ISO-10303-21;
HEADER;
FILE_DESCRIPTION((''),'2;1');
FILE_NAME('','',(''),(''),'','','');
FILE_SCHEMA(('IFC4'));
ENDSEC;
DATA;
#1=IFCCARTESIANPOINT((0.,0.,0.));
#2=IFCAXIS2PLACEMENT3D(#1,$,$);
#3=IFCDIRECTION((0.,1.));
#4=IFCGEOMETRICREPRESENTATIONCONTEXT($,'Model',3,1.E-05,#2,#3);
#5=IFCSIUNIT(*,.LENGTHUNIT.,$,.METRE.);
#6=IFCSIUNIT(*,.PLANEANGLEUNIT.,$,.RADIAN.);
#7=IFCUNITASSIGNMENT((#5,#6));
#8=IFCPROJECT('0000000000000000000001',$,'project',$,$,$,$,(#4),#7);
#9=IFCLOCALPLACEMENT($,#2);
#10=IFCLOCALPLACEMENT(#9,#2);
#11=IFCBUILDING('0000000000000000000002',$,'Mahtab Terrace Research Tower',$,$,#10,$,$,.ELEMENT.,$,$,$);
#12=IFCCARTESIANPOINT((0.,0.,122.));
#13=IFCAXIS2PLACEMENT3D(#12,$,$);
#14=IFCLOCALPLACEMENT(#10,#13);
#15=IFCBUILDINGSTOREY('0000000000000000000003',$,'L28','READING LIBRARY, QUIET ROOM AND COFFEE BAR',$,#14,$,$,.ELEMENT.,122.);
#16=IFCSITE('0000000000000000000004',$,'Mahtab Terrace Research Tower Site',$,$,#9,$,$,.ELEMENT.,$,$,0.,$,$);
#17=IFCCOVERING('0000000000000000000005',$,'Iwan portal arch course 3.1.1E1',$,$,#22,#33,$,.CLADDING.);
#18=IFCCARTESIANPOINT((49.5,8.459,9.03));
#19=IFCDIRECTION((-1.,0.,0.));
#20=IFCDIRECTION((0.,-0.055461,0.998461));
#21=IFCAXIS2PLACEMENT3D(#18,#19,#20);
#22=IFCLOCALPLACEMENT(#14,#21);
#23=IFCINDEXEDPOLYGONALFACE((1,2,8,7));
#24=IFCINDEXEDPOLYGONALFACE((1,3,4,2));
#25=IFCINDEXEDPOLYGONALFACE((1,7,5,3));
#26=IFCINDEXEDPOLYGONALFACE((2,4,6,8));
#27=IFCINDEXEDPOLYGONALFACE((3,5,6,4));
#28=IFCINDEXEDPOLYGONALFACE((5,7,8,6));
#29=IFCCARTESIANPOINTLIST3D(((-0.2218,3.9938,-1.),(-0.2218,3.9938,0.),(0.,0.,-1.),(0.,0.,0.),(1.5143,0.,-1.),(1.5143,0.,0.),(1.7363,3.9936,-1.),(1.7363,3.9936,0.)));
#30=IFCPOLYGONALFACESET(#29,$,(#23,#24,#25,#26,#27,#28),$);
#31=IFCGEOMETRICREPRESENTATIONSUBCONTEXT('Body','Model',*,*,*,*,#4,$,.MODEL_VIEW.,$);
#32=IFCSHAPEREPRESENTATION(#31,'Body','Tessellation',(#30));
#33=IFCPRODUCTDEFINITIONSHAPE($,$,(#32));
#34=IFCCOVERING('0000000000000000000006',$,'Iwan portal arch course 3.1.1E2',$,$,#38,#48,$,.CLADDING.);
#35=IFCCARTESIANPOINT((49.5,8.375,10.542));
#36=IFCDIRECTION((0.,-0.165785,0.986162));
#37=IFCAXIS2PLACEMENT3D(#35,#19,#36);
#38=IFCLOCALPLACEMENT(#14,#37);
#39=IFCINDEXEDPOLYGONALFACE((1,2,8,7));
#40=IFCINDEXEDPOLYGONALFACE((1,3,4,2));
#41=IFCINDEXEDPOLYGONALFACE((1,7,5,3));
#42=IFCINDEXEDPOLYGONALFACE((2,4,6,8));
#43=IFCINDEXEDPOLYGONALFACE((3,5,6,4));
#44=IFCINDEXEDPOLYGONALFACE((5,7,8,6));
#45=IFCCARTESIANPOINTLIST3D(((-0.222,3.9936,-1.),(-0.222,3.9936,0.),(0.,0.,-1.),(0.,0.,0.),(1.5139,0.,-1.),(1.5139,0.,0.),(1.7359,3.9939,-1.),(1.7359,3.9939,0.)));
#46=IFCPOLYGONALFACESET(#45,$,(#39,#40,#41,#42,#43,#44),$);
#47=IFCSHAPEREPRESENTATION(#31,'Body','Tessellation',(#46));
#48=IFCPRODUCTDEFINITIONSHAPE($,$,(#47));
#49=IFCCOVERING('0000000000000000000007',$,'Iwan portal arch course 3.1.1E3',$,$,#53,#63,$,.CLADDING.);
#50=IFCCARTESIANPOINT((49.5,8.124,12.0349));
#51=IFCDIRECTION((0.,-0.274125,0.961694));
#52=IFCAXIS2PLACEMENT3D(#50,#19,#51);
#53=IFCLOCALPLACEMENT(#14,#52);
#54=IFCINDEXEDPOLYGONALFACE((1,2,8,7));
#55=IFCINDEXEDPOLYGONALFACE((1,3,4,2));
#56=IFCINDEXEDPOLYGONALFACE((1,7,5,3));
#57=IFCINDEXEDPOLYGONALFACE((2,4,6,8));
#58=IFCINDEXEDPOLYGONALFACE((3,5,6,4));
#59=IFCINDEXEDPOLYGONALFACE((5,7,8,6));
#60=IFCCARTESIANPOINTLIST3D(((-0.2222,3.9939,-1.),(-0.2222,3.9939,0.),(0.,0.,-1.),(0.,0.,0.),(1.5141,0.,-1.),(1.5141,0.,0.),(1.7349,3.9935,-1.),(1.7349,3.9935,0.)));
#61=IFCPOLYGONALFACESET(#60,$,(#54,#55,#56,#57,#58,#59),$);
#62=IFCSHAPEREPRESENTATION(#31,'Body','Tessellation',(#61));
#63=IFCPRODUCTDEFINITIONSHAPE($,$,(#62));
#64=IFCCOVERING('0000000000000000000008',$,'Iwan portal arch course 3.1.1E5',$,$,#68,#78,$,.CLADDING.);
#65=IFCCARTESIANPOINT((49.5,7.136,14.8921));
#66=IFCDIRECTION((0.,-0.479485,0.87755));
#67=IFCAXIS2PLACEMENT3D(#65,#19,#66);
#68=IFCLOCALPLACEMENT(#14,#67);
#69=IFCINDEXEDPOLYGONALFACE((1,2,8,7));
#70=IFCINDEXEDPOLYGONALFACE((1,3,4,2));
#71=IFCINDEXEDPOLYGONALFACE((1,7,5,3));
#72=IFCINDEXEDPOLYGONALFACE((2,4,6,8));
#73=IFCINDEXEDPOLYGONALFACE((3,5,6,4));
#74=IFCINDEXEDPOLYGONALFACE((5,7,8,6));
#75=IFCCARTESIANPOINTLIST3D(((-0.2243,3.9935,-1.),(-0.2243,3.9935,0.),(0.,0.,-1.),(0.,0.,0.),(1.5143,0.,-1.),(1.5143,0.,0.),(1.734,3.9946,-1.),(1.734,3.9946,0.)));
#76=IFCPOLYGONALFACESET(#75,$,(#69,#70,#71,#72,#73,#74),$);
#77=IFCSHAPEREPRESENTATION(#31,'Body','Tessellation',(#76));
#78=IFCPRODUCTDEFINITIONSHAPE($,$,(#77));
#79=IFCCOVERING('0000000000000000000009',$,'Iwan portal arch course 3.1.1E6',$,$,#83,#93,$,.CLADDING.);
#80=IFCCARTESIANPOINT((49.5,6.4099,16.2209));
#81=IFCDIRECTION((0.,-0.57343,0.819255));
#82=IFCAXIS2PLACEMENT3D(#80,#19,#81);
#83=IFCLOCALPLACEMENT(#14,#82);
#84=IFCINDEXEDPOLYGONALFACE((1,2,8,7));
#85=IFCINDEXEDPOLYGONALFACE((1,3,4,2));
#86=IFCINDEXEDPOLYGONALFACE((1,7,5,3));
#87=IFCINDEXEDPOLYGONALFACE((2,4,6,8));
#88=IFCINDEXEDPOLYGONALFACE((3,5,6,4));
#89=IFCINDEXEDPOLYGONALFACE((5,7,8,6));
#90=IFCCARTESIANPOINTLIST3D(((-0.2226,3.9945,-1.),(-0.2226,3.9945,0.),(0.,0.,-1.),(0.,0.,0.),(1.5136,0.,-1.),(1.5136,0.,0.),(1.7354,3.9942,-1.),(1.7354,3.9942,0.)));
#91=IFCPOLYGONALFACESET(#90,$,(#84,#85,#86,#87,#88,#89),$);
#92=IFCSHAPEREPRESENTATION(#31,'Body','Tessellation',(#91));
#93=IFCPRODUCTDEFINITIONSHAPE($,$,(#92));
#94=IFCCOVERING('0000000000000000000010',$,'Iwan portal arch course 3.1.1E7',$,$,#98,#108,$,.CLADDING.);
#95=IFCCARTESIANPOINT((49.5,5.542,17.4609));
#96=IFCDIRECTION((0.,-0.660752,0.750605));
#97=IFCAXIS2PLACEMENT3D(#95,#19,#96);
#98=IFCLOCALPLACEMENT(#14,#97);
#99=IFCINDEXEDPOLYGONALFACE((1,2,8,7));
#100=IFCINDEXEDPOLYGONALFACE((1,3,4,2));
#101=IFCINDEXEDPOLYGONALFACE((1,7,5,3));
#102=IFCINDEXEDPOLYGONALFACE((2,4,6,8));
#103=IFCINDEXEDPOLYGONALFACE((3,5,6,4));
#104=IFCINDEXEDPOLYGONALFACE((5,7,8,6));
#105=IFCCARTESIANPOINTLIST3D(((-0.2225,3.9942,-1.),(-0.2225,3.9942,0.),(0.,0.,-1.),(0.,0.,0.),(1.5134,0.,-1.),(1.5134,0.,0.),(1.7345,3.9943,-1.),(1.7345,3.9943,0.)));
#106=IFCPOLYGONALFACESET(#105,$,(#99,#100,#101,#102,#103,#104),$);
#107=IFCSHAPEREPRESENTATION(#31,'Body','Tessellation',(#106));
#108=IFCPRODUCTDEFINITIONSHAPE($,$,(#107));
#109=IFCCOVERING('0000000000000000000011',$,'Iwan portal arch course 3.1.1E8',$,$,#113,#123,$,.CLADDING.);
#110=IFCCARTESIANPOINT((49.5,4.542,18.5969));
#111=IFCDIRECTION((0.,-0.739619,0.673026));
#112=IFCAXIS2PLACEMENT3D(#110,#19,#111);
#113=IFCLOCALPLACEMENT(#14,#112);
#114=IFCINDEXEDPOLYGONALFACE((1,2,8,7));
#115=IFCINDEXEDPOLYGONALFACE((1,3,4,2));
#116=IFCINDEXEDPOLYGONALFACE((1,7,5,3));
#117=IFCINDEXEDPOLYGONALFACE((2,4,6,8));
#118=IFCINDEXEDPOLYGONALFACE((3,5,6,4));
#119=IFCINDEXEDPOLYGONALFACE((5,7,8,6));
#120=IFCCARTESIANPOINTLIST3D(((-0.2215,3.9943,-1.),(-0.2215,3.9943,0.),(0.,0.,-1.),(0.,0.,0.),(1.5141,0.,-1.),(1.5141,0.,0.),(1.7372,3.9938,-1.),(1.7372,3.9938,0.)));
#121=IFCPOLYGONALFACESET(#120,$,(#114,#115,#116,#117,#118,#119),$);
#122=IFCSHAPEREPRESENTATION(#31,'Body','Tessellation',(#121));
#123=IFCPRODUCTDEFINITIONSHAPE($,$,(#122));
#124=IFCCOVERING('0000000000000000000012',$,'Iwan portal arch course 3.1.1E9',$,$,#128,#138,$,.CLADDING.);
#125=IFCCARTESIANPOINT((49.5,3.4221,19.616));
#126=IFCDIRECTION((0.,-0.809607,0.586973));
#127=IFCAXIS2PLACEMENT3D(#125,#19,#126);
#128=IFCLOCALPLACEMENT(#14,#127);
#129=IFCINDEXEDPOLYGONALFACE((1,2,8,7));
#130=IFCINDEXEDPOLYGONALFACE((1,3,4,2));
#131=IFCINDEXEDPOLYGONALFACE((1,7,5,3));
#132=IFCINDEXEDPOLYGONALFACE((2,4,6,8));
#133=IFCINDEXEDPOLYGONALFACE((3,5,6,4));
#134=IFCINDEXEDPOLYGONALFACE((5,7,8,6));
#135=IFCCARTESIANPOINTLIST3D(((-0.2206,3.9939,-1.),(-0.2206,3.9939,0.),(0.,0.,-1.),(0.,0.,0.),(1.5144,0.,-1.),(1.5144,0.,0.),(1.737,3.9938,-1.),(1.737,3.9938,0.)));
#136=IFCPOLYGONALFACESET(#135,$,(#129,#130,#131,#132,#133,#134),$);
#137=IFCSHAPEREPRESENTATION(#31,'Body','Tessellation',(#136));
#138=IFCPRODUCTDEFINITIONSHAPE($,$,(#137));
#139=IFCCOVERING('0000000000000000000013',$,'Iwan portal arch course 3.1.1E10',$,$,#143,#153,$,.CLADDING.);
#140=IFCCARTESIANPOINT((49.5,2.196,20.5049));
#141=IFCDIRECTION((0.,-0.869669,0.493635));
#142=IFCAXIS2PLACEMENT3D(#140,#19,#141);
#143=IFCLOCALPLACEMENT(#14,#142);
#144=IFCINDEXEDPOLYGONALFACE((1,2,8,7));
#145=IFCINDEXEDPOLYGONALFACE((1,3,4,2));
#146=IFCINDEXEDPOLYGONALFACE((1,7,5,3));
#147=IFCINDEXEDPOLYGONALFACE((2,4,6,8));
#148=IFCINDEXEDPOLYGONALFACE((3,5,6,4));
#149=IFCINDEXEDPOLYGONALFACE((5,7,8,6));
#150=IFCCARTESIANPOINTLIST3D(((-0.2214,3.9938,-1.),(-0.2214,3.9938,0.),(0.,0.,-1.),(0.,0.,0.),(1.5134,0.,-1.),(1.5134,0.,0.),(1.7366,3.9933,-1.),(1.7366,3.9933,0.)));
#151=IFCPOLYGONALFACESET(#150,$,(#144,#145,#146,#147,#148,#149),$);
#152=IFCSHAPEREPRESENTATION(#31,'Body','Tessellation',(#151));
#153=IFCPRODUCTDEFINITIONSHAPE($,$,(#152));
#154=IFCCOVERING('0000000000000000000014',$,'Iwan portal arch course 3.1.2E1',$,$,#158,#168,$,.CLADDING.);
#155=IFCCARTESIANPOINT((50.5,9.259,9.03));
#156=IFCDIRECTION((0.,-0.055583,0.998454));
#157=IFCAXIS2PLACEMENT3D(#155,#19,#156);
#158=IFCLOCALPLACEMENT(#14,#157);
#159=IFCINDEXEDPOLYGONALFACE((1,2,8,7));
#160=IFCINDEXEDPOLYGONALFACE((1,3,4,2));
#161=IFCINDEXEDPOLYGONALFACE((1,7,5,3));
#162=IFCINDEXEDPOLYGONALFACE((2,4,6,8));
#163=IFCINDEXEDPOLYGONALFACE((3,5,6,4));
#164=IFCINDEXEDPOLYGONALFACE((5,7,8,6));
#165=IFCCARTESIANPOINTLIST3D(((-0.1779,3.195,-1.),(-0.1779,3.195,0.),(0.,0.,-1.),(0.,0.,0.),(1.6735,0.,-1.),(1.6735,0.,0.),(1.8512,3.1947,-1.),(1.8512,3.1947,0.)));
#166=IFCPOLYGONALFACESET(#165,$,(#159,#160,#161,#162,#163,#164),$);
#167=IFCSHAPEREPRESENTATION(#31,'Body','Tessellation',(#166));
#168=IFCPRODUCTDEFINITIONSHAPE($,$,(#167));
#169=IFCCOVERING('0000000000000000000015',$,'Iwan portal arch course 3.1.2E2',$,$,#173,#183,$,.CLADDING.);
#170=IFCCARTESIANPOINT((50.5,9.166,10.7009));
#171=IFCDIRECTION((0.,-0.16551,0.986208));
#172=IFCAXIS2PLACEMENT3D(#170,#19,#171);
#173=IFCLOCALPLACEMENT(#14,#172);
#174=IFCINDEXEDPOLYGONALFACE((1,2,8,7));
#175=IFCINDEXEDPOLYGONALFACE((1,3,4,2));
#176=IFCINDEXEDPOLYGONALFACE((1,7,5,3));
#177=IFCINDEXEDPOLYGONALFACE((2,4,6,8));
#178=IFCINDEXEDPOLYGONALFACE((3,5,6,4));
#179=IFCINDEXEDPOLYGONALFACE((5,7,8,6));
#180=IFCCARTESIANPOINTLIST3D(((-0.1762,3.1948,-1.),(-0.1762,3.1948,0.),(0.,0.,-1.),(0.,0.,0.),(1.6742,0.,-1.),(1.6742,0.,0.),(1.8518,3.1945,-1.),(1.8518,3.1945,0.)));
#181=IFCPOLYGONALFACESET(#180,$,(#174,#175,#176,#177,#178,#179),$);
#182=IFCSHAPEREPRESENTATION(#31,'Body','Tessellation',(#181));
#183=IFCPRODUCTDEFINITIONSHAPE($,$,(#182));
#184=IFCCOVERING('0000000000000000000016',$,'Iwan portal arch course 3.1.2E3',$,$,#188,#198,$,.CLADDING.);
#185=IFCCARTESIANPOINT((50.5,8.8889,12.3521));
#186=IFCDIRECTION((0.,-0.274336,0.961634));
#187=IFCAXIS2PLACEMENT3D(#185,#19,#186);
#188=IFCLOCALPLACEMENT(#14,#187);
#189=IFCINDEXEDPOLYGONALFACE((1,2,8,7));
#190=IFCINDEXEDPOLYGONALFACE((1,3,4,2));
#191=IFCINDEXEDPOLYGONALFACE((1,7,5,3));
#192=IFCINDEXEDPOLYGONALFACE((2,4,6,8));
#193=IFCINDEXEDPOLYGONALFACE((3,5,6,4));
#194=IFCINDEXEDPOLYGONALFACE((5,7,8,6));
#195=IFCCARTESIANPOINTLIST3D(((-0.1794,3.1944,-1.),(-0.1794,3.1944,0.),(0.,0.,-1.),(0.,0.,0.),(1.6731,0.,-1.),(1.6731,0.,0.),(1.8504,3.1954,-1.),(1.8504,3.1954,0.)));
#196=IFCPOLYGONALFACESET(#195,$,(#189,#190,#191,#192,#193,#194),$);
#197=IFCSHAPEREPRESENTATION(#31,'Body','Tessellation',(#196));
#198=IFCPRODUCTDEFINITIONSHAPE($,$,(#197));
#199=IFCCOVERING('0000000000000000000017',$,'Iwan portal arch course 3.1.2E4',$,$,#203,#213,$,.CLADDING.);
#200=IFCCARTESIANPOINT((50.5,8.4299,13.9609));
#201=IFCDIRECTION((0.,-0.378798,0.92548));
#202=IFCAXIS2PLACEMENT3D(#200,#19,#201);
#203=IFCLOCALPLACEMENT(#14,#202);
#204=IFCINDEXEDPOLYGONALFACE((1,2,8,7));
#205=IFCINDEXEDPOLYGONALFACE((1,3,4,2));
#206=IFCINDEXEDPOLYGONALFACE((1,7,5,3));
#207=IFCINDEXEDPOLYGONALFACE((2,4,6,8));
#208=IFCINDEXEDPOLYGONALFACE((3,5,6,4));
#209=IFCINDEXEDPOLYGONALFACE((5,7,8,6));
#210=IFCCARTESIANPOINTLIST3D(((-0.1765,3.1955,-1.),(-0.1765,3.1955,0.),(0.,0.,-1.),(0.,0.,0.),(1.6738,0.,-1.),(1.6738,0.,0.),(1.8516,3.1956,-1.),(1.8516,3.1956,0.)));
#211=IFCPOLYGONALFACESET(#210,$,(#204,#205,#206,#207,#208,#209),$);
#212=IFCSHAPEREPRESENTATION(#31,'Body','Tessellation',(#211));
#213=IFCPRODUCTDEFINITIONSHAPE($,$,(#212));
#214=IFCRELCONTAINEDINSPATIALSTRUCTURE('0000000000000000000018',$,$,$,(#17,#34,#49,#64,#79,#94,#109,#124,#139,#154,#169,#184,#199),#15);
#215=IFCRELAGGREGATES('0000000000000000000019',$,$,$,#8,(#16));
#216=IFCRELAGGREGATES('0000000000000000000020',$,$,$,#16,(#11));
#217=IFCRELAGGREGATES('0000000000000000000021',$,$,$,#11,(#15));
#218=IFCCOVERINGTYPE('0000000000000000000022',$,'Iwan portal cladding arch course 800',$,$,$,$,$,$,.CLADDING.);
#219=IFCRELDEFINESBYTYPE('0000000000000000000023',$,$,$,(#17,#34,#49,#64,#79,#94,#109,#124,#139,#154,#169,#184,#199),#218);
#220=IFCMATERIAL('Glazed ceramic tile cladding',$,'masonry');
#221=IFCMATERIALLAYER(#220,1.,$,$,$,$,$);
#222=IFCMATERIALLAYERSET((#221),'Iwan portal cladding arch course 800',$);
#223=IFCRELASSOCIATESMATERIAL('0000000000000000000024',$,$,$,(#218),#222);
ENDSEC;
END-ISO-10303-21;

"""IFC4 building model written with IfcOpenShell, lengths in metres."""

from ifc_helpers import new_model, si_unit, direction, frame, origin, place, context, subcontext, project, spatial, polyline, outline, extrude, material, layer, layer_set, type_object, element, save


model = new_model("IFC4")

# Units and contexts
model_context = context("Model", 3, precision=1e-05, world=origin(), true_north=direction((0.0, 1.0)))
body_context = subcontext(model_context, "Body", "Model", "MODEL_VIEW")
ifc_project = project(units=[si_unit("LENGTHUNIT", "METRE"), si_unit("PLANEANGLEUNIT", "RADIAN")], contexts=[model_context])

# Site, building, storey
site_placement = place(None, origin())
site = spatial("IfcSite", under=ifc_project, at=site_placement, Name="Mahtab Terrace Research Tower Site", CompositionType="ELEMENT", RefElevation=0.0)
building_placement = place(site_placement, origin())
building = spatial("IfcBuilding", under=site, at=building_placement, Name="Mahtab Terrace Research Tower", CompositionType="ELEMENT")
storey_placement = place(building_placement, frame((0.0, 0.0, 122.0)))
storey = spatial("IfcBuildingStorey", under=building, at=storey_placement, Name="L28", Description="READING LIBRARY, QUIET ROOM AND COFFEE BAR", CompositionType="ELEMENT", Elevation=122.0)

# Coverings
ifc_material_1 = material(Name="Glazed ceramic tile cladding", Category="masonry")
ifc_layer_1 = layer(ifc_material_1, 1.0)
ifc_layer_set_1 = layer_set([ifc_layer_1], Name="Iwan portal cladding arch course 800")
covering_type_1 = type_object("IfcCoveringType", Name="Iwan portal cladding arch course 800", PredefinedType="CLADDING", material=ifc_layer_set_1)
covering_1_placement = place(storey_placement, frame((49.5, 8.459, 9.03), z_axis=(-1.0, 0.0, 0.0), x_axis=(0.0, -0.055461, 0.998461)))
element("IfcCovering", 1, at=covering_1_placement, inside=storey, type_object=covering_type_1, Name="Iwan portal arch course 3.1.1E1", PredefinedType="CLADDING", context=body_context, shape_type="SweptSolid", body=[
    extrude(outline(polyline([(0.0, 0.0), (1.5143, 0.0), (1.7363, 3.9936), (-0.2218, 3.9938), (0.0, 0.0)])), origin(), (0.0, 0.0, -1.0), 1.0),
])
covering_2_placement = place(storey_placement, frame((49.5, 8.375, 10.542), z_axis=(-1.0, 0.0, 0.0), x_axis=(0.0, -0.165785, 0.986162)))
element("IfcCovering", 2, at=covering_2_placement, inside=storey, type_object=covering_type_1, Name="Iwan portal arch course 3.1.1E2", PredefinedType="CLADDING", context=body_context, shape_type="SweptSolid", body=[
    extrude(outline(polyline([(0.0, 0.0), (1.5139, 0.0), (1.7359, 3.9939), (-0.222, 3.9936), (0.0, 0.0)])), origin(), (0.0, 0.0, -1.0), 1.0),
])
covering_3_placement = place(storey_placement, frame((49.5, 8.124, 12.0349), z_axis=(-1.0, 0.0, 0.0), x_axis=(0.0, -0.274125, 0.961694)))
element("IfcCovering", 3, at=covering_3_placement, inside=storey, type_object=covering_type_1, Name="Iwan portal arch course 3.1.1E3", PredefinedType="CLADDING", context=body_context, shape_type="SweptSolid", body=[
    extrude(outline(polyline([(0.0, 0.0), (1.5141, 0.0), (1.7349, 3.9935), (-0.2222, 3.9939), (0.0, 0.0)])), origin(), (0.0, 0.0, -1.0), 1.0),
])
covering_4_placement = place(storey_placement, frame((49.5, 7.136, 14.8921), z_axis=(-1.0, 0.0, 0.0), x_axis=(0.0, -0.479485, 0.87755)))
element("IfcCovering", 4, at=covering_4_placement, inside=storey, type_object=covering_type_1, Name="Iwan portal arch course 3.1.1E5", PredefinedType="CLADDING", context=body_context, shape_type="SweptSolid", body=[
    extrude(outline(polyline([(0.0, 0.0), (1.5143, 0.0), (1.734, 3.9946), (-0.2243, 3.9935), (0.0, 0.0)])), origin(), (0.0, 0.0, -1.0), 1.0),
])
covering_5_placement = place(storey_placement, frame((49.5, 6.4099, 16.2209), z_axis=(-1.0, 0.0, 0.0), x_axis=(0.0, -0.57343, 0.819255)))
element("IfcCovering", 5, at=covering_5_placement, inside=storey, type_object=covering_type_1, Name="Iwan portal arch course 3.1.1E6", PredefinedType="CLADDING", context=body_context, shape_type="SweptSolid", body=[
    extrude(outline(polyline([(0.0, 0.0), (1.5136, 0.0), (1.7354, 3.9942), (-0.2226, 3.9945), (0.0, 0.0)])), origin(), (0.0, 0.0, -1.0), 1.0),
])
covering_6_placement = place(storey_placement, frame((49.5, 5.542, 17.4609), z_axis=(-1.0, 0.0, 0.0), x_axis=(0.0, -0.660752, 0.750605)))
element("IfcCovering", 6, at=covering_6_placement, inside=storey, type_object=covering_type_1, Name="Iwan portal arch course 3.1.1E7", PredefinedType="CLADDING", context=body_context, shape_type="SweptSolid", body=[
    extrude(outline(polyline([(0.0, 0.0), (1.5134, 0.0), (1.7345, 3.9943), (-0.2225, 3.9942), (0.0, 0.0)])), origin(), (0.0, 0.0, -1.0), 1.0),
])
covering_7_placement = place(storey_placement, frame((49.5, 4.542, 18.5969), z_axis=(-1.0, 0.0, 0.0), x_axis=(0.0, -0.739619, 0.673026)))
element("IfcCovering", 7, at=covering_7_placement, inside=storey, type_object=covering_type_1, Name="Iwan portal arch course 3.1.1E8", PredefinedType="CLADDING", context=body_context, shape_type="SweptSolid", body=[
    extrude(outline(polyline([(0.0, 0.0), (1.5141, 0.0), (1.7372, 3.9938), (-0.2215, 3.9943), (0.0, 0.0)])), origin(), (0.0, 0.0, -1.0), 1.0),
])
covering_8_placement = place(storey_placement, frame((49.5, 3.4221, 19.616), z_axis=(-1.0, 0.0, 0.0), x_axis=(0.0, -0.809607, 0.586973)))
element("IfcCovering", 8, at=covering_8_placement, inside=storey, type_object=covering_type_1, Name="Iwan portal arch course 3.1.1E9", PredefinedType="CLADDING", context=body_context, shape_type="SweptSolid", body=[
    extrude(outline(polyline([(0.0, 0.0), (1.5144, 0.0), (1.737, 3.9938), (-0.2206, 3.9939), (0.0, 0.0)])), origin(), (0.0, 0.0, -1.0), 1.0),
])
covering_9_placement = place(storey_placement, frame((49.5, 2.196, 20.5049), z_axis=(-1.0, 0.0, 0.0), x_axis=(0.0, -0.869669, 0.493635)))
element("IfcCovering", 9, at=covering_9_placement, inside=storey, type_object=covering_type_1, Name="Iwan portal arch course 3.1.1E10", PredefinedType="CLADDING", context=body_context, shape_type="SweptSolid", body=[
    extrude(outline(polyline([(0.0, 0.0), (1.5134, 0.0), (1.7366, 3.9933), (-0.2214, 3.9938), (0.0, 0.0)])), origin(), (0.0, 0.0, -1.0), 1.0),
])
covering_10_placement = place(storey_placement, frame((50.5, 9.259, 9.03), z_axis=(-1.0, 0.0, 0.0), x_axis=(0.0, -0.055583, 0.998454)))
element("IfcCovering", 10, at=covering_10_placement, inside=storey, type_object=covering_type_1, Name="Iwan portal arch course 3.1.2E1", PredefinedType="CLADDING", context=body_context, shape_type="SweptSolid", body=[
    extrude(outline(polyline([(0.0, 0.0), (1.6735, 0.0), (1.8512, 3.1947), (-0.1779, 3.195), (0.0, 0.0)])), origin(), (0.0, 0.0, -1.0), 1.0),
])
covering_11_placement = place(storey_placement, frame((50.5, 9.166, 10.7009), z_axis=(-1.0, 0.0, 0.0), x_axis=(0.0, -0.16551, 0.986208)))
element("IfcCovering", 11, at=covering_11_placement, inside=storey, type_object=covering_type_1, Name="Iwan portal arch course 3.1.2E2", PredefinedType="CLADDING", context=body_context, shape_type="SweptSolid", body=[
    extrude(outline(polyline([(0.0, 0.0), (1.6742, 0.0), (1.8518, 3.1945), (-0.1762, 3.1948), (0.0, 0.0)])), origin(), (0.0, 0.0, -1.0), 1.0),
])
covering_12_placement = place(storey_placement, frame((50.5, 8.8889, 12.3521), z_axis=(-1.0, 0.0, 0.0), x_axis=(0.0, -0.274336, 0.961634)))
element("IfcCovering", 12, at=covering_12_placement, inside=storey, type_object=covering_type_1, Name="Iwan portal arch course 3.1.2E3", PredefinedType="CLADDING", context=body_context, shape_type="SweptSolid", body=[
    extrude(outline(polyline([(0.0, 0.0), (1.6731, 0.0), (1.8504, 3.1954), (-0.1794, 3.1944), (0.0, 0.0)])), origin(), (0.0, 0.0, -1.0), 1.0),
])
covering_13_placement = place(storey_placement, frame((50.5, 8.4299, 13.9609), z_axis=(-1.0, 0.0, 0.0), x_axis=(0.0, -0.378798, 0.92548)))
element("IfcCovering", 13, at=covering_13_placement, inside=storey, type_object=covering_type_1, Name="Iwan portal arch course 3.1.2E4", PredefinedType="CLADDING", context=body_context, shape_type="SweptSolid", body=[
    extrude(outline(polyline([(0.0, 0.0), (1.6738, 0.0), (1.8516, 3.1956), (-0.1765, 3.1955), (0.0, 0.0)])), origin(), (0.0, 0.0, -1.0), 1.0),
])

save(model, "model.ifc")
